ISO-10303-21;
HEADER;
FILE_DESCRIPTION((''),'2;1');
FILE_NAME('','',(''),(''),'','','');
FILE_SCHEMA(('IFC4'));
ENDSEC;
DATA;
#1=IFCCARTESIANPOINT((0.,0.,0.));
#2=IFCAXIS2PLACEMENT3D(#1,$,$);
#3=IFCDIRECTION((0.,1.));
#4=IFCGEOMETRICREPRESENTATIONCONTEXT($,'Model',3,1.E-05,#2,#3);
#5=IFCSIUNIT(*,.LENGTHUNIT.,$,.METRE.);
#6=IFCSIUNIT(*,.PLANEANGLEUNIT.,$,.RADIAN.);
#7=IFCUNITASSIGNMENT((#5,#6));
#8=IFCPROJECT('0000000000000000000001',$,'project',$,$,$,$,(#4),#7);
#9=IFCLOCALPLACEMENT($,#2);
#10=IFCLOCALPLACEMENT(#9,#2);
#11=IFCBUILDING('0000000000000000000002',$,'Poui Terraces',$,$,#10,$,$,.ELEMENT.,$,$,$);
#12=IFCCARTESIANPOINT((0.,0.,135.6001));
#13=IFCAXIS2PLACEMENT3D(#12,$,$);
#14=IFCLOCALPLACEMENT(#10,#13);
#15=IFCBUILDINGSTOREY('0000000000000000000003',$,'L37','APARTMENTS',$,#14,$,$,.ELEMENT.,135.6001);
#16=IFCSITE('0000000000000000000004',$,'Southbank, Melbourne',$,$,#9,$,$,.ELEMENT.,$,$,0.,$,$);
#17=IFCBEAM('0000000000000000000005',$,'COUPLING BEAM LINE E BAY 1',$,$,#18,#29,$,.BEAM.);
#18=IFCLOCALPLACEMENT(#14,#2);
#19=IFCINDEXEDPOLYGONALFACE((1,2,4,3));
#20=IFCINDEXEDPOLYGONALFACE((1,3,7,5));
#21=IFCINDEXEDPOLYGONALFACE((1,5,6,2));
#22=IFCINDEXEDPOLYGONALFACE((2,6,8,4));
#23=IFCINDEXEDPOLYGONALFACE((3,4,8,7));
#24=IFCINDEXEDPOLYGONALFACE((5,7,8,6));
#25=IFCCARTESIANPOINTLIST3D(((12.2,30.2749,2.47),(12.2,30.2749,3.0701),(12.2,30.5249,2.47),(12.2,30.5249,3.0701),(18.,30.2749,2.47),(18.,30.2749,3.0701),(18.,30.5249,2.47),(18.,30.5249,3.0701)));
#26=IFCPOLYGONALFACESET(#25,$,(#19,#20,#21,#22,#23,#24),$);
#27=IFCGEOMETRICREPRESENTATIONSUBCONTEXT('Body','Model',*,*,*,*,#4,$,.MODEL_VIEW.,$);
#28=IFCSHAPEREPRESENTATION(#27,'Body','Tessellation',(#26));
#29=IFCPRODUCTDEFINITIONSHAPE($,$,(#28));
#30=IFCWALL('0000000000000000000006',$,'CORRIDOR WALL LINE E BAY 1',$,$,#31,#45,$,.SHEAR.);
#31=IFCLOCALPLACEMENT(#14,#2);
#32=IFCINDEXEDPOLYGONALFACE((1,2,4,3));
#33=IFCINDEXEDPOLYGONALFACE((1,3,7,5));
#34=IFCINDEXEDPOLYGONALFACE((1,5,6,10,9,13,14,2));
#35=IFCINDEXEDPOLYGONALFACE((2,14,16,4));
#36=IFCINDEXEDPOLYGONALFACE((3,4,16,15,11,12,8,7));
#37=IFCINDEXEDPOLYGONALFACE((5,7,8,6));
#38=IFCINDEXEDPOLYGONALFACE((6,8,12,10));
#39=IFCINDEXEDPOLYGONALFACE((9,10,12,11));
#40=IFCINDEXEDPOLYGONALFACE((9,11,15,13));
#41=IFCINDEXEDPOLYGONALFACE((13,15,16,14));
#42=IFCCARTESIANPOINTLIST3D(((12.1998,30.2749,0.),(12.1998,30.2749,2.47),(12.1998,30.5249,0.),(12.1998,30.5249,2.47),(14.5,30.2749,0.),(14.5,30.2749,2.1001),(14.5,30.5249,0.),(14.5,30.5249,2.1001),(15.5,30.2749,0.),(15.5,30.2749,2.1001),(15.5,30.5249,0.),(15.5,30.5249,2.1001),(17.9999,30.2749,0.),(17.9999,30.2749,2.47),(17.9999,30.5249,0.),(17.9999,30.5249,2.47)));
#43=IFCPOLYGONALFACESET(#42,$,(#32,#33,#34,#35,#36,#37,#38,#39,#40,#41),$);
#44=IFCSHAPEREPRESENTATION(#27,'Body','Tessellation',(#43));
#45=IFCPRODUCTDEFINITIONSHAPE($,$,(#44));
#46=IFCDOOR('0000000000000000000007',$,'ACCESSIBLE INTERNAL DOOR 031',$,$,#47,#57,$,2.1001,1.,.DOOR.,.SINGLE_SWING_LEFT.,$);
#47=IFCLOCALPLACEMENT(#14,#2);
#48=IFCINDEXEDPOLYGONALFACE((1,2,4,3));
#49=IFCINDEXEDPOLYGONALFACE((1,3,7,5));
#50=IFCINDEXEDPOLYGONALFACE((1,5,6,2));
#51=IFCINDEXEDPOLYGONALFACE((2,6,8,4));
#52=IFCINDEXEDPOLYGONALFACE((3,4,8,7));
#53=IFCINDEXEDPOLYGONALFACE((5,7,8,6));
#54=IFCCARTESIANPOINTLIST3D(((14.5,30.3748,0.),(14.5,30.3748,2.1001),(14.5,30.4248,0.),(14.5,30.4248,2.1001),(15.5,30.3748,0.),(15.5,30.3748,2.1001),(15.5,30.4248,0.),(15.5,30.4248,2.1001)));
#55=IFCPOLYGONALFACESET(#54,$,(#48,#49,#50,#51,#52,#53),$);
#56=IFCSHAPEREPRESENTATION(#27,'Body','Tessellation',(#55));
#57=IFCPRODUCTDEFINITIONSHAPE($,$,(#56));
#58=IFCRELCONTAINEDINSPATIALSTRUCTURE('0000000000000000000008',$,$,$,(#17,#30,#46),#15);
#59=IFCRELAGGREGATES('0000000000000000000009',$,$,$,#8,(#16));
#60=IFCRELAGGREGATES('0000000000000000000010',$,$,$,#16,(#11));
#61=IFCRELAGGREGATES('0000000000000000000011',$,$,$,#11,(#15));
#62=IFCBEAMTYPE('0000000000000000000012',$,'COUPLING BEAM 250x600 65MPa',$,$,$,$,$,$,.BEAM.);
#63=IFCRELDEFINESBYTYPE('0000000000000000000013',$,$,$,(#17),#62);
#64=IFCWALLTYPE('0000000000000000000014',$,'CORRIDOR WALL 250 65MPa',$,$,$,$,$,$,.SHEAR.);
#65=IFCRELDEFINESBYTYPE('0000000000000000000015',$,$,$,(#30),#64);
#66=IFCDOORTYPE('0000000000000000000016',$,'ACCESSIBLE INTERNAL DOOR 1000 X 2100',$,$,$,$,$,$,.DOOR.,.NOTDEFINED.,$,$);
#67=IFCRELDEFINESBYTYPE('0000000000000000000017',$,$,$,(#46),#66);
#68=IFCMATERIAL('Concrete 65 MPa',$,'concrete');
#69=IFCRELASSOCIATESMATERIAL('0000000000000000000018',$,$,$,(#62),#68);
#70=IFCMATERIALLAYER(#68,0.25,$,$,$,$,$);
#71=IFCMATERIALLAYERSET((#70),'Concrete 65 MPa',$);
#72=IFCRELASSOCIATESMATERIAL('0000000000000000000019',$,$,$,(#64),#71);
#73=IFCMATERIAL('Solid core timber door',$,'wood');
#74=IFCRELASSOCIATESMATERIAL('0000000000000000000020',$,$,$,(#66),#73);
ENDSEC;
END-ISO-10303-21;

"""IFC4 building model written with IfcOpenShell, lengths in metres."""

from ifc_helpers import new_model, si_unit, direction, frame, frame_2d, origin, origin_2d, place, context, subcontext, project, spatial, rectangle, extrude, source, transform, mapped, material, layer, layer_set, material_profile, profile_set, type_object, element, fill, save


model = new_model("IFC4")

# Units and contexts
model_context = context("Model", 3, precision=1e-05, world=origin(), true_north=direction((0.0, 1.0)))
body_context = subcontext(model_context, "Body", "Model", "MODEL_VIEW")
ifc_project = project(units=[si_unit("LENGTHUNIT", "METRE"), si_unit("PLANEANGLEUNIT", "RADIAN")], contexts=[model_context])

# Site, building, storey
site_placement = place(None, origin())
site = spatial("IfcSite", under=ifc_project, at=site_placement, Name="Southbank, Melbourne", CompositionType="ELEMENT", RefElevation=0.0)
building_placement = place(site_placement, origin())
building = spatial("IfcBuilding", under=site, at=building_placement, Name="Poui Terraces", CompositionType="ELEMENT")
storey_placement = place(building_placement, frame((0.0, 0.0, 135.6001)))
storey = spatial("IfcBuildingStorey", under=building, at=storey_placement, Name="L37", Description="APARTMENTS", CompositionType="ELEMENT", Elevation=135.6001)

# Beam
ifc_material_1 = material(Name="Concrete 65 MPa", Category="concrete")
ifc_material_profile = material_profile(ifc_material_1, rectangle(XDim=0.25, YDim=0.6001, at=origin_2d()), Name="RC 250x600")
ifc_profile_set = profile_set([ifc_material_profile], Name="Concrete 65 MPa")
beam_type = type_object("IfcBeamType", Name="COUPLING BEAM 250x600 65MPa", PredefinedType="BEAM", material=ifc_profile_set)
shared_shape = source(origin(), body_context, "Body", "SweptSolid", [
    extrude(rectangle(XDim=0.25, YDim=0.6001, at=origin_2d()), origin(), (0.0, 0.0, 1.0), 5.8),
])
beam_placement = place(storey_placement, frame((12.2, 30.3999, 2.77), z_axis=(1.0, 0.0, 0.0), x_axis=(0.0, 1.0, 0.0)))
element("IfcBeam", 1, at=beam_placement, inside=storey, type_object=beam_type, Name="COUPLING BEAM LINE E BAY 1", PredefinedType="BEAM", context=body_context, shape_type="MappedRepresentation", body=[
    mapped(shared_shape, transform((0.0, 0.0, 0.0))),
])

# Wall, opening, door
ifc_layer_1 = layer(ifc_material_1, 0.25)
ifc_layer_set_1 = layer_set([ifc_layer_1], Name="Concrete 65 MPa")
wall_type_1 = type_object("IfcWallType", Name="CORRIDOR WALL 250 65MPa", PredefinedType="SHEAR", material=ifc_layer_set_1)
wall_1_placement = place(storey_placement, frame((12.2, 30.3999, 0.0), z_axis=(0.0, 0.0, 1.0), x_axis=(1.0, 0.0, 0.0)))
wall_1 = element("IfcWall", 2, at=wall_1_placement, inside=storey, type_object=wall_type_1, Name="CORRIDOR WALL LINE E BAY 1", PredefinedType="SHEAR", context=body_context, shape_type="SweptSolid", body=[
    extrude(rectangle(XDim=5.8, YDim=0.25, at=frame_2d((2.8999, 0.0))), origin(), (0.0, 0.0, 1.0), 2.47),
])
opening_1_placement = place(wall_1_placement, frame((2.3, 0.0, 0.0)))
opening_1 = element("IfcOpeningElement", 3, at=opening_1_placement, cuts=wall_1, PredefinedType="OPENING", context=body_context, shape_type="SweptSolid", body=[
    extrude(rectangle(XDim=1.0, YDim=2.1001, at=frame_2d((0.5, 1.05))), frame((0.0, 0.135, 0.0), z_axis=(0.0, -1.0, 0.0), x_axis=(1.0, 0.0, 0.0)), (0.0, 0.0, 1.0), 0.27),
])
ifc_material_2 = material(Name="Solid core timber door", Category="wood")
door_type_1 = type_object("IfcDoorType", Name="ACCESSIBLE INTERNAL DOOR 1000 X 2100", OperationType="NOTDEFINED", PredefinedType="DOOR", material=ifc_material_2)
door_1_placement = place(opening_1_placement, origin())
door_1 = element("IfcDoor", 4, at=door_1_placement, inside=storey, type_object=door_type_1, Name="ACCESSIBLE INTERNAL DOOR 031", OperationType="SINGLE_SWING_LEFT", OverallHeight=2.1001, OverallWidth=1.0, PredefinedType="DOOR", context=body_context, shape_type="SweptSolid", body=[
    extrude(rectangle(XDim=1.0, YDim=2.1001, at=frame_2d((0.5, 1.05))), frame((0.0, 0.0249, 0.0), z_axis=(0.0, -1.0, 0.0), x_axis=(1.0, 0.0, 0.0)), (0.0, 0.0, 1.0), 0.05),
])
fill(opening_1, door_1)

save(model, "model.ifc")
